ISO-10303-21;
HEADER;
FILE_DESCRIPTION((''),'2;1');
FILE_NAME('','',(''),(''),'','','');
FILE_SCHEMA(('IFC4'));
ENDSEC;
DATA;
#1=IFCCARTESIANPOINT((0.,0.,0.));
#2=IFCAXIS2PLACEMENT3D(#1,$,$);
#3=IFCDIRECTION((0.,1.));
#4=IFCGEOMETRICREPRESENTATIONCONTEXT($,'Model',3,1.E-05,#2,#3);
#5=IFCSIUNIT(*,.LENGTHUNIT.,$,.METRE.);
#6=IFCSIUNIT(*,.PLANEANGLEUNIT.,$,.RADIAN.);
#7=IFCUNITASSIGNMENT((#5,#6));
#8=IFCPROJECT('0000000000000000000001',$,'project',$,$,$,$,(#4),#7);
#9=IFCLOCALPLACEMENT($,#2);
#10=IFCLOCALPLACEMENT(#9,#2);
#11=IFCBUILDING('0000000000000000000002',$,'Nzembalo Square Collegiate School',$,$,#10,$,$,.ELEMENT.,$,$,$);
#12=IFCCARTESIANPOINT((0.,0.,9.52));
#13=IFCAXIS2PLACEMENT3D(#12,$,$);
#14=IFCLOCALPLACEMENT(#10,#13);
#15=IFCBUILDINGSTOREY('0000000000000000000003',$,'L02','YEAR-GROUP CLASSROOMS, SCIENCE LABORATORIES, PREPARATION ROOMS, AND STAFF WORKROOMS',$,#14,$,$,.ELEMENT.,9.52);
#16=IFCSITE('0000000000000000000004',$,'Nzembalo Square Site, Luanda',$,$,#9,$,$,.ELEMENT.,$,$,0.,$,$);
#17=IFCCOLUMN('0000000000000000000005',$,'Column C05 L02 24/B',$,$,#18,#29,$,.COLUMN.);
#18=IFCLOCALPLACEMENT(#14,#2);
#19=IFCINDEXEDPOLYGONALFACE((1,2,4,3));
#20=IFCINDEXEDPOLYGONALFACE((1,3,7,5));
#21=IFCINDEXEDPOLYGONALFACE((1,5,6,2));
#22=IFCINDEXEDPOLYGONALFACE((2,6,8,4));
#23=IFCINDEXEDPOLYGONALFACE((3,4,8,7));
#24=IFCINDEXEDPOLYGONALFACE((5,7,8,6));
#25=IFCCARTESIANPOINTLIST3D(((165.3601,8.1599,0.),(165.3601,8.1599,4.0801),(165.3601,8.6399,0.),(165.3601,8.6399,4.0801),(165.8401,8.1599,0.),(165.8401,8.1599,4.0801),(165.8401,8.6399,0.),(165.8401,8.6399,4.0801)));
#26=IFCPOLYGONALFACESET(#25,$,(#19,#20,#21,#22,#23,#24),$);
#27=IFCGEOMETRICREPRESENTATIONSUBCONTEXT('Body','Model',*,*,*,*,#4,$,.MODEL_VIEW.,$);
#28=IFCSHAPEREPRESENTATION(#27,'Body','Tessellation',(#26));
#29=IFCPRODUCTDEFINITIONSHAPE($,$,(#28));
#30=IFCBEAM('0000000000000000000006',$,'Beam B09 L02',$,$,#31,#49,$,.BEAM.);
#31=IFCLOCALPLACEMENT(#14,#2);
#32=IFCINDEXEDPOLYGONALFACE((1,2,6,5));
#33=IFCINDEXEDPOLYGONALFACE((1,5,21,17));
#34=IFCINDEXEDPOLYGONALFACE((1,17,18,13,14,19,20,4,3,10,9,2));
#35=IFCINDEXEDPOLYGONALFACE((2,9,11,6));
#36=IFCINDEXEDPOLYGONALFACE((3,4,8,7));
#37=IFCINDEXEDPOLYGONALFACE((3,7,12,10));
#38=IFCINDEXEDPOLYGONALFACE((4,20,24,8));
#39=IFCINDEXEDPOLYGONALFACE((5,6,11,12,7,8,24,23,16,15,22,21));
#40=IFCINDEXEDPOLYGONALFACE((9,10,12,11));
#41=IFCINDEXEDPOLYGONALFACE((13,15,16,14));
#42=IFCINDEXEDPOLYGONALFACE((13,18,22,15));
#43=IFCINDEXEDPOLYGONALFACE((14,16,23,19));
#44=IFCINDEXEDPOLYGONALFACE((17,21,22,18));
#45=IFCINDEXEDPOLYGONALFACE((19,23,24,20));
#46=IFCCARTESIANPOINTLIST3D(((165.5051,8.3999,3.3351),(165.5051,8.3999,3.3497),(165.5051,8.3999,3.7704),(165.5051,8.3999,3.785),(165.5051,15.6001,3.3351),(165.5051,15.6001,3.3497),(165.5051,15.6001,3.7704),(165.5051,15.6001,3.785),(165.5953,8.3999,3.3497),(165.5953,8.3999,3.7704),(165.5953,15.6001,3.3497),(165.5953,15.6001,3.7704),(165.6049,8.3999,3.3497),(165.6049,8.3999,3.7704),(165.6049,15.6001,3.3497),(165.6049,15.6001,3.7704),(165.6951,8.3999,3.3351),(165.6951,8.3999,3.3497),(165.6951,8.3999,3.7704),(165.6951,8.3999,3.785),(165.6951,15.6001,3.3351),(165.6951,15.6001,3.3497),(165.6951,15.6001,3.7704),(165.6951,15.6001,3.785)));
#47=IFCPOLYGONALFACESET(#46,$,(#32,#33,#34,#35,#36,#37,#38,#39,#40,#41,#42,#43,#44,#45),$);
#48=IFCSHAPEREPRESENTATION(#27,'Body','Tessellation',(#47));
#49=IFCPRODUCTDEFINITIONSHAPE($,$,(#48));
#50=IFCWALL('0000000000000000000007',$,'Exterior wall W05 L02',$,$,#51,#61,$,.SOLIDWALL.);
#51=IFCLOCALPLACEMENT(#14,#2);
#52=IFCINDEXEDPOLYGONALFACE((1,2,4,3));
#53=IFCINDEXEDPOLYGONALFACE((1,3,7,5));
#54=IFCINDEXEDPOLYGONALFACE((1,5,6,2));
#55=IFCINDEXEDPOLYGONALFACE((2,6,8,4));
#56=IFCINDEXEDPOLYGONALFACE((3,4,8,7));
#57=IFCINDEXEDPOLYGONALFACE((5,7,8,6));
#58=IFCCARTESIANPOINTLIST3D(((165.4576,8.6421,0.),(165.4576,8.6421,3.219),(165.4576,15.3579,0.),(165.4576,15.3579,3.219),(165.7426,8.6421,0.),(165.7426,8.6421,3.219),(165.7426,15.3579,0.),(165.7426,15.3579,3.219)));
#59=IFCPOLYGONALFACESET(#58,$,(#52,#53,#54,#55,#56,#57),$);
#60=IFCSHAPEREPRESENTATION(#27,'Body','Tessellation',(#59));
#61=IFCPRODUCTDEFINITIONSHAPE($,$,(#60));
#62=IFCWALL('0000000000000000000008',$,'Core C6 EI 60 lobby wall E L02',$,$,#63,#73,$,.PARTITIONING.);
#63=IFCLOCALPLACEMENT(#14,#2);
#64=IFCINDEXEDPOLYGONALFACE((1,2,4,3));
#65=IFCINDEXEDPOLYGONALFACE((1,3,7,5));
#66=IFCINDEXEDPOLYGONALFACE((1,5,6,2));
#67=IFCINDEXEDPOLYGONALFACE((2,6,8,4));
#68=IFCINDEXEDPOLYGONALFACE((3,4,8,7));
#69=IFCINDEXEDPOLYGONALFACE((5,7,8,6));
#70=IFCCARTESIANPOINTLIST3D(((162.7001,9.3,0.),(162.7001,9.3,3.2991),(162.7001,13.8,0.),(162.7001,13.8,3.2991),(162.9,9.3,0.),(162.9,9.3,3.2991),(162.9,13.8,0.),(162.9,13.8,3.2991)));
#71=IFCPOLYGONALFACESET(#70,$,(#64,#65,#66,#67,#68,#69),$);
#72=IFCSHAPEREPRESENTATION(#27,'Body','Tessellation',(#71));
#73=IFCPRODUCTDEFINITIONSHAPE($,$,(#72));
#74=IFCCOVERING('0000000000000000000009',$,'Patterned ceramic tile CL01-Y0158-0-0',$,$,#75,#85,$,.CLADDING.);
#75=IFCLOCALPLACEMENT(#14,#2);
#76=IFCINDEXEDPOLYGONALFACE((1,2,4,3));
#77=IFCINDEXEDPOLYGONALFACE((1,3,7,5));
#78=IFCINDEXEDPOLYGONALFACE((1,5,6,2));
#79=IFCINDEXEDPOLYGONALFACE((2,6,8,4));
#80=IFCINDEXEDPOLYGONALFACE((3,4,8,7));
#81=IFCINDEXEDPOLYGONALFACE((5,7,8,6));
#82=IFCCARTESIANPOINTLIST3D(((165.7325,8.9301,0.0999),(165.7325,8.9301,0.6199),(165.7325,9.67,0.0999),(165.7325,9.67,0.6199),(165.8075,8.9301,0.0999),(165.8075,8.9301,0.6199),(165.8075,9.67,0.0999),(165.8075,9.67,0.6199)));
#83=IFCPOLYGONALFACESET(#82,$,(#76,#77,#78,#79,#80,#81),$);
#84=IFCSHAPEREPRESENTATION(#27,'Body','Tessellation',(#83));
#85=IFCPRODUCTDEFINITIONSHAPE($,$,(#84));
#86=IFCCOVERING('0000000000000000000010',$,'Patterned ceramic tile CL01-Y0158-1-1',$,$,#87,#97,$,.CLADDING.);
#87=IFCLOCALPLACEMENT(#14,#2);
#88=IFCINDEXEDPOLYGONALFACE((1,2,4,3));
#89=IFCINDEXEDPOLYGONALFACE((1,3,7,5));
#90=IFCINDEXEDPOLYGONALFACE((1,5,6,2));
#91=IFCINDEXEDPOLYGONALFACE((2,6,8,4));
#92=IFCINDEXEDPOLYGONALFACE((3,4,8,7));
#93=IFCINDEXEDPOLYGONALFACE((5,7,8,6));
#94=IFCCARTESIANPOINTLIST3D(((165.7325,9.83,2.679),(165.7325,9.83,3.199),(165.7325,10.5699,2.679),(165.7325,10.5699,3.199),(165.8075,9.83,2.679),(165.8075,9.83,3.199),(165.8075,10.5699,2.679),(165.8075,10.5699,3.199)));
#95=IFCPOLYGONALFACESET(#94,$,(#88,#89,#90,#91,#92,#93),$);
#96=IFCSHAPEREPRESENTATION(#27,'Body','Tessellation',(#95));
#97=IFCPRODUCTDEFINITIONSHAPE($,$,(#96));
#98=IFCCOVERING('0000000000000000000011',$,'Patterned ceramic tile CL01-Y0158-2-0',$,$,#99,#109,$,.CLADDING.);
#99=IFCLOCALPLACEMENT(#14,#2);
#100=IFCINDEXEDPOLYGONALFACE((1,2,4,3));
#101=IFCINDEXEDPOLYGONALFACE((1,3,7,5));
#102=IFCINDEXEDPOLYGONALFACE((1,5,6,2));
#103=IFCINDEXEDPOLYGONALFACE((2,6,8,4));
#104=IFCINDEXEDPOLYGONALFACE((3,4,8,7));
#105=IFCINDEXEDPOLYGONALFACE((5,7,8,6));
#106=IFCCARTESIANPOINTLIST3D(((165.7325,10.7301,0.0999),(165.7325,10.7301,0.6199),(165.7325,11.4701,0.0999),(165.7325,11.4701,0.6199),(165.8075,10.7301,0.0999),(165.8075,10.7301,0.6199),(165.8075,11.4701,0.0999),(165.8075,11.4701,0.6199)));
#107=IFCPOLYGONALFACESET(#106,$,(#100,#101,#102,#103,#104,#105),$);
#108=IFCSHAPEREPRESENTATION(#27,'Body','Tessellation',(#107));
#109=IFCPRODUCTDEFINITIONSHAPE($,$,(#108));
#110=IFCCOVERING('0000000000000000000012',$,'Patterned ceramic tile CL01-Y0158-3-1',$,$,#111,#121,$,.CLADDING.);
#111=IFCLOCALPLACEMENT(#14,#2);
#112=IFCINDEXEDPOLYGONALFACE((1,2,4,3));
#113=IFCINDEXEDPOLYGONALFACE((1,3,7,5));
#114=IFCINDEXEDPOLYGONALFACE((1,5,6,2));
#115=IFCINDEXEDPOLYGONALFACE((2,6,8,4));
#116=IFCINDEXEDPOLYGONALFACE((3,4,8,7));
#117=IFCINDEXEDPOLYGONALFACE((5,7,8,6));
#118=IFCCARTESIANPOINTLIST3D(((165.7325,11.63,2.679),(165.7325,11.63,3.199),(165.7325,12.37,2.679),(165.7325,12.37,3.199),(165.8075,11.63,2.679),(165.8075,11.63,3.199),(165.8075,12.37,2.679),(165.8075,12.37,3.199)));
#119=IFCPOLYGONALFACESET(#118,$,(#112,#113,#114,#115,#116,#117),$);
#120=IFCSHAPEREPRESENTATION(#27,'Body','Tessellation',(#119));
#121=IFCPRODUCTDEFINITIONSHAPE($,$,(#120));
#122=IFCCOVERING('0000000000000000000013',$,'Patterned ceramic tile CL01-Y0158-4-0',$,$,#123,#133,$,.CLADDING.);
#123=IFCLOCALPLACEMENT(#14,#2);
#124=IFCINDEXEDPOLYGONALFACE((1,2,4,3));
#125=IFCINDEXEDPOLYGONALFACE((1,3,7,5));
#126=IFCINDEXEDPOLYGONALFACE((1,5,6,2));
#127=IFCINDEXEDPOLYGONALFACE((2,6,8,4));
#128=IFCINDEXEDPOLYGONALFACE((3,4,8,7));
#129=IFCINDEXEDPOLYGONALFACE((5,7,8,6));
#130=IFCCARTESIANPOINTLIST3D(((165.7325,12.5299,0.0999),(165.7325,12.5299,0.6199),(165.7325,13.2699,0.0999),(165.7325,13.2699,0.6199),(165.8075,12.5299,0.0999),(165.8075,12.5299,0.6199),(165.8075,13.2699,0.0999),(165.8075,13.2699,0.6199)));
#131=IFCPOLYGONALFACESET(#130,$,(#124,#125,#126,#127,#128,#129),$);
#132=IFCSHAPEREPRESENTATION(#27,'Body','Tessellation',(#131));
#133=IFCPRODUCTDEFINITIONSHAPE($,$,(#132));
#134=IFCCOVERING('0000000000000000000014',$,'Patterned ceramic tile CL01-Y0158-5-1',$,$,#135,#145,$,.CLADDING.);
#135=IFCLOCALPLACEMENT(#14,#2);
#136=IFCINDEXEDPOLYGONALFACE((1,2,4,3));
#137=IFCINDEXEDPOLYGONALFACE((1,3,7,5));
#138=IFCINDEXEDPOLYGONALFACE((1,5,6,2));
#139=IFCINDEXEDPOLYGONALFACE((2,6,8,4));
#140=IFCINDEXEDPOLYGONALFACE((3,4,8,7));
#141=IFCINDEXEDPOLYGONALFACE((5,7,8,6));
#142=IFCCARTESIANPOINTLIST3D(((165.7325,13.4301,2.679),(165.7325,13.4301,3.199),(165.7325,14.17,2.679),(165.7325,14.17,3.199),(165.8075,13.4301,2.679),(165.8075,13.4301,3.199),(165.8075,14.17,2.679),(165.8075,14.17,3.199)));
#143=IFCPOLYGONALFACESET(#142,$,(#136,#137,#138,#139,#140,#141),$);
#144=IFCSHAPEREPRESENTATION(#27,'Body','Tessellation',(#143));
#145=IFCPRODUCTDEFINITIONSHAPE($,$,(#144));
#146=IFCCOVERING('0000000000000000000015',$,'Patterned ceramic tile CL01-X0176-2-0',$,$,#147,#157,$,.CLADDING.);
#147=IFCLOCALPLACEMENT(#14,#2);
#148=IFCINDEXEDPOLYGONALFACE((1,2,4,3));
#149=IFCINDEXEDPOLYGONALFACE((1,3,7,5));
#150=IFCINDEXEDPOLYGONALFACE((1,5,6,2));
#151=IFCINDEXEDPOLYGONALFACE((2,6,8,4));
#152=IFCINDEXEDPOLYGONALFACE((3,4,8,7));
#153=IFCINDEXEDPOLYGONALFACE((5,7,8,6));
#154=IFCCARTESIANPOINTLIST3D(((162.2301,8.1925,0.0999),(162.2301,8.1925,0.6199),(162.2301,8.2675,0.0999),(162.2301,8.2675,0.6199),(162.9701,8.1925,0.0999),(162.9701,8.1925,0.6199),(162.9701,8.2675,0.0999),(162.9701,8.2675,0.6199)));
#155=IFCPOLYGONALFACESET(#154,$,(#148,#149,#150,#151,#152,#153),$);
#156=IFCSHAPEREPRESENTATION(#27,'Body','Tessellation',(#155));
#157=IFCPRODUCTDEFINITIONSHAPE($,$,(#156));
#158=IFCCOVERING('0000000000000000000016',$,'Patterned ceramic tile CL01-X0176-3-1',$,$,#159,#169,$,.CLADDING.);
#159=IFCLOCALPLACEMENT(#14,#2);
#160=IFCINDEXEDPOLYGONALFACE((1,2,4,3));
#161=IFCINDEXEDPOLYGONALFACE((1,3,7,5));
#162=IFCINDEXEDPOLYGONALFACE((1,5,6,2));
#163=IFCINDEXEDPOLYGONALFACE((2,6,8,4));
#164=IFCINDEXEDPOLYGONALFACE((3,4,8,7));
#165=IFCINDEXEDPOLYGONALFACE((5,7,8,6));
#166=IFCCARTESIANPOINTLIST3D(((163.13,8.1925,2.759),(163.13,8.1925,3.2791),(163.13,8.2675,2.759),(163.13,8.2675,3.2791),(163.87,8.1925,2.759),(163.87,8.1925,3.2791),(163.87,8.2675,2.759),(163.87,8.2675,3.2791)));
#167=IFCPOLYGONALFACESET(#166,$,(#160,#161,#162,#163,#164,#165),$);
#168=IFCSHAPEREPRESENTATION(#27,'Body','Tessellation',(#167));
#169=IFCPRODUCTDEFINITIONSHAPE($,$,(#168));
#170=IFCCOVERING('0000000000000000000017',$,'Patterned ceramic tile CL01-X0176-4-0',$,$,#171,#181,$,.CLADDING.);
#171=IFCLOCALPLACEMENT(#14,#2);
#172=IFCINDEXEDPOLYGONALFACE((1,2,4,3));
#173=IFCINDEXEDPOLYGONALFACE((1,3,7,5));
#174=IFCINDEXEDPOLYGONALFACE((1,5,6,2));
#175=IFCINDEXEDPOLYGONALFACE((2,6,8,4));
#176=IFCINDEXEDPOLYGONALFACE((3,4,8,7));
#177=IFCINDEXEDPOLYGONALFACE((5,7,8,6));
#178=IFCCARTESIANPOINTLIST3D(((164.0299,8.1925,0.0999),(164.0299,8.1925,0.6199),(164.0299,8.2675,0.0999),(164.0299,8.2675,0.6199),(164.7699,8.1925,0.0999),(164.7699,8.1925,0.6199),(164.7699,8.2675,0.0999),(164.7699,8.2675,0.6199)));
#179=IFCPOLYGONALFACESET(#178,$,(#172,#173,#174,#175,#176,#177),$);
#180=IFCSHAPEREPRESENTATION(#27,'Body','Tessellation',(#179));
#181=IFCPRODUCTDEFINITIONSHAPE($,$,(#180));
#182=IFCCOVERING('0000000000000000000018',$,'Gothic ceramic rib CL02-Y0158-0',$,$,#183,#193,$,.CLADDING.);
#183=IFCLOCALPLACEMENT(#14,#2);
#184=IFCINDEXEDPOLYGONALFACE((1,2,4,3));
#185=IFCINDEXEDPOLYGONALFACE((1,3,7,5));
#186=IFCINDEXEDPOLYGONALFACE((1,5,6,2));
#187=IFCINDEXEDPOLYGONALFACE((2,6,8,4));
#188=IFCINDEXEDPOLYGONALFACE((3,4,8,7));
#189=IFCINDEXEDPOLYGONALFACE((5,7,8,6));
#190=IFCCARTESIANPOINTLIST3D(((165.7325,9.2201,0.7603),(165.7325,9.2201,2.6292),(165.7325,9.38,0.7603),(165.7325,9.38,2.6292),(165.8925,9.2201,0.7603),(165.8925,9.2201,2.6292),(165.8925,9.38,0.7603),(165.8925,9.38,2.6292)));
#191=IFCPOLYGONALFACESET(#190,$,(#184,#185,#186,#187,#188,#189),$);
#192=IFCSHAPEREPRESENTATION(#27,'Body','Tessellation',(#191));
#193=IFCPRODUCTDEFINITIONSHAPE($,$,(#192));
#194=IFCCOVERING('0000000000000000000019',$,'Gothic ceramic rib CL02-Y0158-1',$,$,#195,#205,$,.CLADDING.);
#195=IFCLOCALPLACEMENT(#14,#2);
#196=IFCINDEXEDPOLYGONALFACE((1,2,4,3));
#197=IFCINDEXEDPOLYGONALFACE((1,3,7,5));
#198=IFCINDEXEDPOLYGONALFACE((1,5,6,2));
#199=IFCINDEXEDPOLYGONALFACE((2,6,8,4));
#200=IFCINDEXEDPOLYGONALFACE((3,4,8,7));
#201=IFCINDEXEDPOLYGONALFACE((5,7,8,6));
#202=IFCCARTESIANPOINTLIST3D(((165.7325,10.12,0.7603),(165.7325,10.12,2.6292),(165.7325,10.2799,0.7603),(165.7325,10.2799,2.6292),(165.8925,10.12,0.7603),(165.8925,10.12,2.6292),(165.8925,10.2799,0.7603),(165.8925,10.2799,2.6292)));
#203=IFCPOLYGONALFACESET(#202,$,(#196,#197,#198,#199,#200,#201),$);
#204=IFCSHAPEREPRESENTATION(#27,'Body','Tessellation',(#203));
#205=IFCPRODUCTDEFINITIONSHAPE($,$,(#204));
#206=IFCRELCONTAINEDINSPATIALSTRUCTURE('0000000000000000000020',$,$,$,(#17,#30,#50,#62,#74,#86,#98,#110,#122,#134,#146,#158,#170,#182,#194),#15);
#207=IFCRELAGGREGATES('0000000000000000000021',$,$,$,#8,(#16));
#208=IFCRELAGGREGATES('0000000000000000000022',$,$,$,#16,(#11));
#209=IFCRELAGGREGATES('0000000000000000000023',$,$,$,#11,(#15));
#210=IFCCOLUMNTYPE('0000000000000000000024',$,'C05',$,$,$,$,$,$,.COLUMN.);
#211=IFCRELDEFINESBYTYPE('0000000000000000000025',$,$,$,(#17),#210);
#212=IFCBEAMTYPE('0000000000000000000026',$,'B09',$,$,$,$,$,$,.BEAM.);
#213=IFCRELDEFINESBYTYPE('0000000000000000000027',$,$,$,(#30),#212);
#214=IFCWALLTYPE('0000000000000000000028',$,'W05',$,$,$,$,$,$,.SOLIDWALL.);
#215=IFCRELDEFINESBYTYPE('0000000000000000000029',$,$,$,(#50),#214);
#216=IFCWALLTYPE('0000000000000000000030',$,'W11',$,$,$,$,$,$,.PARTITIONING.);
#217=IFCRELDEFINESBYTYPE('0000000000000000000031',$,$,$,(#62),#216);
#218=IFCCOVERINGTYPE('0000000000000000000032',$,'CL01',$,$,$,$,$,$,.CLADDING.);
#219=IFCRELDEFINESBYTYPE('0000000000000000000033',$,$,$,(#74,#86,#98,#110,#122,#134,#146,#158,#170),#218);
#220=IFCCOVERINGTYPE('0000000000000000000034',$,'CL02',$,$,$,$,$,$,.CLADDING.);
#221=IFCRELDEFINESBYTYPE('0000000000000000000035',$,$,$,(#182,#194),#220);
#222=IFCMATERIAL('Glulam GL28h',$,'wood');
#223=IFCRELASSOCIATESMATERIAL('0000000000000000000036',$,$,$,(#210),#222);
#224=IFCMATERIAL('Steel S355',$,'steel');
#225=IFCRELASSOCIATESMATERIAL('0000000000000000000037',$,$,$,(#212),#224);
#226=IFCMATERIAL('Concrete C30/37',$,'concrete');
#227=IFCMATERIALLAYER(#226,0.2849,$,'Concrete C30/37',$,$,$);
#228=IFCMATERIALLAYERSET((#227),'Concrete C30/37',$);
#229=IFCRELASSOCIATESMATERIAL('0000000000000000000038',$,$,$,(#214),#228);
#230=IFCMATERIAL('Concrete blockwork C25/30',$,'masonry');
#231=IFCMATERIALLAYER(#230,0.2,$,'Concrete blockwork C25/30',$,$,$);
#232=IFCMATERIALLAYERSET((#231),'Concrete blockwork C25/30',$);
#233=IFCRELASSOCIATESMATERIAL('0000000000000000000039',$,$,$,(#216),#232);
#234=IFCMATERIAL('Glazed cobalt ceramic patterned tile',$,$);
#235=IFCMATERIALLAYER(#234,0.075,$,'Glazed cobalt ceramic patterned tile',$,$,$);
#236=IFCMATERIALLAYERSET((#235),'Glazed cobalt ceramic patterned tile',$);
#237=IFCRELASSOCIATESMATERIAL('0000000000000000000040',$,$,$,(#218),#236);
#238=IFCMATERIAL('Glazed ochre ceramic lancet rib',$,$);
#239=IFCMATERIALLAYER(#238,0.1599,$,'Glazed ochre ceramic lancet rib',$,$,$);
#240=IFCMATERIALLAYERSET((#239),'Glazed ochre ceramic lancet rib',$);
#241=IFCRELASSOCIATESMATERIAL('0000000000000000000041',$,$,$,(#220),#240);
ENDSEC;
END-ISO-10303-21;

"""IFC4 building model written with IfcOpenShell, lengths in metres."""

from ifc_helpers import new_model, si_unit, direction, frame, frame_2d, origin, origin_2d, place, context, subcontext, project, spatial, rectangle, i_section, extrude, material, layer, layer_set, material_profile, profile_set, type_object, element, save


model = new_model("IFC4")

# Units and contexts
model_context = context("Model", 3, precision=1e-05, world=origin(), true_north=direction((0.0, 1.0)))
body_context = subcontext(model_context, "Body", "Model", "MODEL_VIEW")
ifc_project = project(units=[si_unit("LENGTHUNIT", "METRE"), si_unit("PLANEANGLEUNIT", "RADIAN")], contexts=[model_context])

# Site, building, storey
site_placement = place(None, origin())
site = spatial("IfcSite", under=ifc_project, at=site_placement, Name="Nzembalo Square Site, Luanda", CompositionType="ELEMENT", RefElevation=0.0)
building_placement = place(site_placement, origin())
building = spatial("IfcBuilding", under=site, at=building_placement, Name="Nzembalo Square Collegiate School", CompositionType="ELEMENT")
storey_placement = place(building_placement, frame((0.0, 0.0, 9.52)))
storey = spatial("IfcBuildingStorey", under=building, at=storey_placement, Name="L02", Description="YEAR-GROUP CLASSROOMS, SCIENCE LABORATORIES, PREPARATION ROOMS, AND STAFF WORKROOMS", CompositionType="ELEMENT", Elevation=9.52)

# Column
ifc_material_1 = material(Name="Glulam GL28h", Category="wood")
ifc_material_profile_1 = material_profile(ifc_material_1, rectangle(XDim=0.48, YDim=0.48, at=origin_2d()), Name="GL28h 480x480")
ifc_profile_set_1 = profile_set([ifc_material_profile_1], Name="Glulam GL28h")
column_type = type_object("IfcColumnType", Name="C05", PredefinedType="COLUMN", material=ifc_profile_set_1)
column_placement = place(storey_placement, frame((165.6001, 8.3999, 0.0), z_axis=(0.0, 0.0, 1.0), x_axis=(1.0, 0.0, 0.0)))
element("IfcColumn", 1, at=column_placement, inside=storey, type_object=column_type, Name="Column C05 L02 24/B", PredefinedType="COLUMN", context=body_context, shape_type="SweptSolid", body=[
    extrude(rectangle(XDim=0.48, YDim=0.48, at=origin_2d()), origin(), (0.0, 0.0, 1.0), 4.0801),
])

# Beam
ifc_material_2 = material(Name="Steel S355", Category="steel")
ifc_material_profile_2 = material_profile(ifc_material_2, i_section(OverallWidth=0.1899, OverallDepth=0.45, WebThickness=0.0095, FlangeThickness=0.0146, at=origin_2d()), Name="IPE 450")
ifc_profile_set_2 = profile_set([ifc_material_profile_2], Name="Steel S355")
beam_type = type_object("IfcBeamType", Name="B09", PredefinedType="BEAM", material=ifc_profile_set_2)
beam_placement = place(storey_placement, frame((165.6001, 8.3999, 3.5601), z_axis=(0.0, 1.0, 0.0), x_axis=(-1.0, 0.0, 0.0)))
element("IfcBeam", 2, at=beam_placement, inside=storey, type_object=beam_type, Name="Beam B09 L02", PredefinedType="BEAM", context=body_context, shape_type="SweptSolid", body=[
    extrude(i_section(OverallWidth=0.1899, OverallDepth=0.45, WebThickness=0.0095, FlangeThickness=0.0146, at=origin_2d()), origin(), (0.0, 0.0, 1.0), 7.2002),
])

# Walls
ifc_material_3 = material(Name="Concrete C30/37", Category="concrete")
ifc_layer_1 = layer(ifc_material_3, 0.2849, Name="Concrete C30/37")
ifc_layer_set_1 = layer_set([ifc_layer_1], Name="Concrete C30/37")
wall_type_1 = type_object("IfcWallType", Name="W05", PredefinedType="SOLIDWALL", material=ifc_layer_set_1)
wall_1_placement = place(storey_placement, frame((165.6001, 8.6421, 0.0), z_axis=(0.0, 0.0, 1.0), x_axis=(0.0, 1.0, 0.0)))
element("IfcWall", 3, at=wall_1_placement, inside=storey, type_object=wall_type_1, Name="Exterior wall W05 L02", PredefinedType="SOLIDWALL", context=body_context, shape_type="SweptSolid", body=[
    extrude(rectangle(XDim=6.7158, YDim=0.2849, at=frame_2d((3.3579, 0.0))), origin(), (0.0, 0.0, 1.0), 3.219),
])
ifc_material_4 = material(Name="Concrete blockwork C25/30", Category="masonry")
ifc_layer_2 = layer(ifc_material_4, 0.2, Name="Concrete blockwork C25/30")
ifc_layer_set_2 = layer_set([ifc_layer_2], Name="Concrete blockwork C25/30")
wall_type_2 = type_object("IfcWallType", Name="W11", PredefinedType="PARTITIONING", material=ifc_layer_set_2)
wall_2_placement = place(storey_placement, frame((162.8, 9.3, 0.0), z_axis=(0.0, 0.0, 1.0), x_axis=(0.0, 1.0, 0.0)))
element("IfcWall", 4, at=wall_2_placement, inside=storey, type_object=wall_type_2, Name="Core C6 EI 60 lobby wall E L02", PredefinedType="PARTITIONING", context=body_context, shape_type="SweptSolid", body=[
    extrude(rectangle(XDim=4.5, YDim=0.2, at=frame_2d((2.25, 0.0))), origin(), (0.0, 0.0, 1.0), 3.2991),
])

# Coverings
ifc_material_5 = material(Name="Glazed cobalt ceramic patterned tile")
ifc_layer_3 = layer(ifc_material_5, 0.075, Name="Glazed cobalt ceramic patterned tile")
ifc_layer_set_3 = layer_set([ifc_layer_3], Name="Glazed cobalt ceramic patterned tile")
covering_type_1 = type_object("IfcCoveringType", Name="CL01", PredefinedType="CLADDING", material=ifc_layer_set_3)
for number, where, z_axis, x_axis, name in (
    (5, (165.77, 9.3, 0.0999), (0.0, 0.0, 1.0), (1.0, 0.0, 0.0), "Patterned ceramic tile CL01-Y0158-0-0"),
    (6, (165.77, 10.2, 2.679), (0.0, 0.0, 1.0), (1.0, 0.0, 0.0), "Patterned ceramic tile CL01-Y0158-1-1"),
    (7, (165.77, 11.1001, 0.0999), (0.0, 0.0, 1.0), (1.0, 0.0, 0.0), "Patterned ceramic tile CL01-Y0158-2-0"),
    (8, (165.77, 12.0, 2.679), (0.0, 0.0, 1.0), (1.0, 0.0, 0.0), "Patterned ceramic tile CL01-Y0158-3-1"),
    (9, (165.77, 12.8999, 0.0999), (0.0, 0.0, 1.0), (1.0, 0.0, 0.0), "Patterned ceramic tile CL01-Y0158-4-0"),
    (10, (165.77, 13.8, 2.679), (0.0, 0.0, 1.0), (1.0, 0.0, 0.0), "Patterned ceramic tile CL01-Y0158-5-1"),
):
    element("IfcCovering", number, at=place(storey_placement, frame(where, z_axis=z_axis, x_axis=x_axis)), inside=storey, type_object=covering_type_1, Name=name, PredefinedType="CLADDING", context=body_context, shape_type="SweptSolid", body=[
        extrude(rectangle(XDim=0.075, YDim=0.74, at=origin_2d()), origin(), (0.0, 0.0, 1.0), 0.52),
    ])
for number, where, z_axis, x_axis, name in (
    (11, (162.6001, 8.23, 0.0999), (0.0, 0.0, 1.0), (1.0, 0.0, 0.0), "Patterned ceramic tile CL01-X0176-2-0"),
    (12, (163.5, 8.23, 2.759), (0.0, 0.0, 1.0), (1.0, 0.0, 0.0), "Patterned ceramic tile CL01-X0176-3-1"),
    (13, (164.3999, 8.23, 0.0999), (0.0, 0.0, 1.0), (1.0, 0.0, 0.0), "Patterned ceramic tile CL01-X0176-4-0"),
):
    element("IfcCovering", number, at=place(storey_placement, frame(where, z_axis=z_axis, x_axis=x_axis)), inside=storey, type_object=covering_type_1, Name=name, PredefinedType="CLADDING", context=body_context, shape_type="SweptSolid", body=[
        extrude(rectangle(XDim=0.74, YDim=0.075, at=origin_2d()), origin(), (0.0, 0.0, 1.0), 0.52),
    ])
ifc_material_6 = material(Name="Glazed ochre ceramic lancet rib")
ifc_layer_4 = layer(ifc_material_6, 0.1599, Name="Glazed ochre ceramic lancet rib")
ifc_layer_set_4 = layer_set([ifc_layer_4], Name="Glazed ochre ceramic lancet rib")
covering_type_2 = type_object("IfcCoveringType", Name="CL02", PredefinedType="CLADDING", material=ifc_layer_set_4)
for number, where, z_axis, x_axis, name in (
    (14, (165.8125, 9.3, 0.7603), (0.0, 0.0, 1.0), (1.0, 0.0, 0.0), "Gothic ceramic rib CL02-Y0158-0"),
    (15, (165.8125, 10.2, 0.7603), (0.0, 0.0, 1.0), (1.0, 0.0, 0.0), "Gothic ceramic rib CL02-Y0158-1"),
):
    element("IfcCovering", number, at=place(storey_placement, frame(where, z_axis=z_axis, x_axis=x_axis)), inside=storey, type_object=covering_type_2, Name=name, PredefinedType="CLADDING", context=body_context, shape_type="SweptSolid", body=[
        extrude(rectangle(XDim=0.1599, YDim=0.1599, at=origin_2d()), origin(), (0.0, 0.0, 1.0), 1.8689),
    ])

save(model, "model.ifc")
